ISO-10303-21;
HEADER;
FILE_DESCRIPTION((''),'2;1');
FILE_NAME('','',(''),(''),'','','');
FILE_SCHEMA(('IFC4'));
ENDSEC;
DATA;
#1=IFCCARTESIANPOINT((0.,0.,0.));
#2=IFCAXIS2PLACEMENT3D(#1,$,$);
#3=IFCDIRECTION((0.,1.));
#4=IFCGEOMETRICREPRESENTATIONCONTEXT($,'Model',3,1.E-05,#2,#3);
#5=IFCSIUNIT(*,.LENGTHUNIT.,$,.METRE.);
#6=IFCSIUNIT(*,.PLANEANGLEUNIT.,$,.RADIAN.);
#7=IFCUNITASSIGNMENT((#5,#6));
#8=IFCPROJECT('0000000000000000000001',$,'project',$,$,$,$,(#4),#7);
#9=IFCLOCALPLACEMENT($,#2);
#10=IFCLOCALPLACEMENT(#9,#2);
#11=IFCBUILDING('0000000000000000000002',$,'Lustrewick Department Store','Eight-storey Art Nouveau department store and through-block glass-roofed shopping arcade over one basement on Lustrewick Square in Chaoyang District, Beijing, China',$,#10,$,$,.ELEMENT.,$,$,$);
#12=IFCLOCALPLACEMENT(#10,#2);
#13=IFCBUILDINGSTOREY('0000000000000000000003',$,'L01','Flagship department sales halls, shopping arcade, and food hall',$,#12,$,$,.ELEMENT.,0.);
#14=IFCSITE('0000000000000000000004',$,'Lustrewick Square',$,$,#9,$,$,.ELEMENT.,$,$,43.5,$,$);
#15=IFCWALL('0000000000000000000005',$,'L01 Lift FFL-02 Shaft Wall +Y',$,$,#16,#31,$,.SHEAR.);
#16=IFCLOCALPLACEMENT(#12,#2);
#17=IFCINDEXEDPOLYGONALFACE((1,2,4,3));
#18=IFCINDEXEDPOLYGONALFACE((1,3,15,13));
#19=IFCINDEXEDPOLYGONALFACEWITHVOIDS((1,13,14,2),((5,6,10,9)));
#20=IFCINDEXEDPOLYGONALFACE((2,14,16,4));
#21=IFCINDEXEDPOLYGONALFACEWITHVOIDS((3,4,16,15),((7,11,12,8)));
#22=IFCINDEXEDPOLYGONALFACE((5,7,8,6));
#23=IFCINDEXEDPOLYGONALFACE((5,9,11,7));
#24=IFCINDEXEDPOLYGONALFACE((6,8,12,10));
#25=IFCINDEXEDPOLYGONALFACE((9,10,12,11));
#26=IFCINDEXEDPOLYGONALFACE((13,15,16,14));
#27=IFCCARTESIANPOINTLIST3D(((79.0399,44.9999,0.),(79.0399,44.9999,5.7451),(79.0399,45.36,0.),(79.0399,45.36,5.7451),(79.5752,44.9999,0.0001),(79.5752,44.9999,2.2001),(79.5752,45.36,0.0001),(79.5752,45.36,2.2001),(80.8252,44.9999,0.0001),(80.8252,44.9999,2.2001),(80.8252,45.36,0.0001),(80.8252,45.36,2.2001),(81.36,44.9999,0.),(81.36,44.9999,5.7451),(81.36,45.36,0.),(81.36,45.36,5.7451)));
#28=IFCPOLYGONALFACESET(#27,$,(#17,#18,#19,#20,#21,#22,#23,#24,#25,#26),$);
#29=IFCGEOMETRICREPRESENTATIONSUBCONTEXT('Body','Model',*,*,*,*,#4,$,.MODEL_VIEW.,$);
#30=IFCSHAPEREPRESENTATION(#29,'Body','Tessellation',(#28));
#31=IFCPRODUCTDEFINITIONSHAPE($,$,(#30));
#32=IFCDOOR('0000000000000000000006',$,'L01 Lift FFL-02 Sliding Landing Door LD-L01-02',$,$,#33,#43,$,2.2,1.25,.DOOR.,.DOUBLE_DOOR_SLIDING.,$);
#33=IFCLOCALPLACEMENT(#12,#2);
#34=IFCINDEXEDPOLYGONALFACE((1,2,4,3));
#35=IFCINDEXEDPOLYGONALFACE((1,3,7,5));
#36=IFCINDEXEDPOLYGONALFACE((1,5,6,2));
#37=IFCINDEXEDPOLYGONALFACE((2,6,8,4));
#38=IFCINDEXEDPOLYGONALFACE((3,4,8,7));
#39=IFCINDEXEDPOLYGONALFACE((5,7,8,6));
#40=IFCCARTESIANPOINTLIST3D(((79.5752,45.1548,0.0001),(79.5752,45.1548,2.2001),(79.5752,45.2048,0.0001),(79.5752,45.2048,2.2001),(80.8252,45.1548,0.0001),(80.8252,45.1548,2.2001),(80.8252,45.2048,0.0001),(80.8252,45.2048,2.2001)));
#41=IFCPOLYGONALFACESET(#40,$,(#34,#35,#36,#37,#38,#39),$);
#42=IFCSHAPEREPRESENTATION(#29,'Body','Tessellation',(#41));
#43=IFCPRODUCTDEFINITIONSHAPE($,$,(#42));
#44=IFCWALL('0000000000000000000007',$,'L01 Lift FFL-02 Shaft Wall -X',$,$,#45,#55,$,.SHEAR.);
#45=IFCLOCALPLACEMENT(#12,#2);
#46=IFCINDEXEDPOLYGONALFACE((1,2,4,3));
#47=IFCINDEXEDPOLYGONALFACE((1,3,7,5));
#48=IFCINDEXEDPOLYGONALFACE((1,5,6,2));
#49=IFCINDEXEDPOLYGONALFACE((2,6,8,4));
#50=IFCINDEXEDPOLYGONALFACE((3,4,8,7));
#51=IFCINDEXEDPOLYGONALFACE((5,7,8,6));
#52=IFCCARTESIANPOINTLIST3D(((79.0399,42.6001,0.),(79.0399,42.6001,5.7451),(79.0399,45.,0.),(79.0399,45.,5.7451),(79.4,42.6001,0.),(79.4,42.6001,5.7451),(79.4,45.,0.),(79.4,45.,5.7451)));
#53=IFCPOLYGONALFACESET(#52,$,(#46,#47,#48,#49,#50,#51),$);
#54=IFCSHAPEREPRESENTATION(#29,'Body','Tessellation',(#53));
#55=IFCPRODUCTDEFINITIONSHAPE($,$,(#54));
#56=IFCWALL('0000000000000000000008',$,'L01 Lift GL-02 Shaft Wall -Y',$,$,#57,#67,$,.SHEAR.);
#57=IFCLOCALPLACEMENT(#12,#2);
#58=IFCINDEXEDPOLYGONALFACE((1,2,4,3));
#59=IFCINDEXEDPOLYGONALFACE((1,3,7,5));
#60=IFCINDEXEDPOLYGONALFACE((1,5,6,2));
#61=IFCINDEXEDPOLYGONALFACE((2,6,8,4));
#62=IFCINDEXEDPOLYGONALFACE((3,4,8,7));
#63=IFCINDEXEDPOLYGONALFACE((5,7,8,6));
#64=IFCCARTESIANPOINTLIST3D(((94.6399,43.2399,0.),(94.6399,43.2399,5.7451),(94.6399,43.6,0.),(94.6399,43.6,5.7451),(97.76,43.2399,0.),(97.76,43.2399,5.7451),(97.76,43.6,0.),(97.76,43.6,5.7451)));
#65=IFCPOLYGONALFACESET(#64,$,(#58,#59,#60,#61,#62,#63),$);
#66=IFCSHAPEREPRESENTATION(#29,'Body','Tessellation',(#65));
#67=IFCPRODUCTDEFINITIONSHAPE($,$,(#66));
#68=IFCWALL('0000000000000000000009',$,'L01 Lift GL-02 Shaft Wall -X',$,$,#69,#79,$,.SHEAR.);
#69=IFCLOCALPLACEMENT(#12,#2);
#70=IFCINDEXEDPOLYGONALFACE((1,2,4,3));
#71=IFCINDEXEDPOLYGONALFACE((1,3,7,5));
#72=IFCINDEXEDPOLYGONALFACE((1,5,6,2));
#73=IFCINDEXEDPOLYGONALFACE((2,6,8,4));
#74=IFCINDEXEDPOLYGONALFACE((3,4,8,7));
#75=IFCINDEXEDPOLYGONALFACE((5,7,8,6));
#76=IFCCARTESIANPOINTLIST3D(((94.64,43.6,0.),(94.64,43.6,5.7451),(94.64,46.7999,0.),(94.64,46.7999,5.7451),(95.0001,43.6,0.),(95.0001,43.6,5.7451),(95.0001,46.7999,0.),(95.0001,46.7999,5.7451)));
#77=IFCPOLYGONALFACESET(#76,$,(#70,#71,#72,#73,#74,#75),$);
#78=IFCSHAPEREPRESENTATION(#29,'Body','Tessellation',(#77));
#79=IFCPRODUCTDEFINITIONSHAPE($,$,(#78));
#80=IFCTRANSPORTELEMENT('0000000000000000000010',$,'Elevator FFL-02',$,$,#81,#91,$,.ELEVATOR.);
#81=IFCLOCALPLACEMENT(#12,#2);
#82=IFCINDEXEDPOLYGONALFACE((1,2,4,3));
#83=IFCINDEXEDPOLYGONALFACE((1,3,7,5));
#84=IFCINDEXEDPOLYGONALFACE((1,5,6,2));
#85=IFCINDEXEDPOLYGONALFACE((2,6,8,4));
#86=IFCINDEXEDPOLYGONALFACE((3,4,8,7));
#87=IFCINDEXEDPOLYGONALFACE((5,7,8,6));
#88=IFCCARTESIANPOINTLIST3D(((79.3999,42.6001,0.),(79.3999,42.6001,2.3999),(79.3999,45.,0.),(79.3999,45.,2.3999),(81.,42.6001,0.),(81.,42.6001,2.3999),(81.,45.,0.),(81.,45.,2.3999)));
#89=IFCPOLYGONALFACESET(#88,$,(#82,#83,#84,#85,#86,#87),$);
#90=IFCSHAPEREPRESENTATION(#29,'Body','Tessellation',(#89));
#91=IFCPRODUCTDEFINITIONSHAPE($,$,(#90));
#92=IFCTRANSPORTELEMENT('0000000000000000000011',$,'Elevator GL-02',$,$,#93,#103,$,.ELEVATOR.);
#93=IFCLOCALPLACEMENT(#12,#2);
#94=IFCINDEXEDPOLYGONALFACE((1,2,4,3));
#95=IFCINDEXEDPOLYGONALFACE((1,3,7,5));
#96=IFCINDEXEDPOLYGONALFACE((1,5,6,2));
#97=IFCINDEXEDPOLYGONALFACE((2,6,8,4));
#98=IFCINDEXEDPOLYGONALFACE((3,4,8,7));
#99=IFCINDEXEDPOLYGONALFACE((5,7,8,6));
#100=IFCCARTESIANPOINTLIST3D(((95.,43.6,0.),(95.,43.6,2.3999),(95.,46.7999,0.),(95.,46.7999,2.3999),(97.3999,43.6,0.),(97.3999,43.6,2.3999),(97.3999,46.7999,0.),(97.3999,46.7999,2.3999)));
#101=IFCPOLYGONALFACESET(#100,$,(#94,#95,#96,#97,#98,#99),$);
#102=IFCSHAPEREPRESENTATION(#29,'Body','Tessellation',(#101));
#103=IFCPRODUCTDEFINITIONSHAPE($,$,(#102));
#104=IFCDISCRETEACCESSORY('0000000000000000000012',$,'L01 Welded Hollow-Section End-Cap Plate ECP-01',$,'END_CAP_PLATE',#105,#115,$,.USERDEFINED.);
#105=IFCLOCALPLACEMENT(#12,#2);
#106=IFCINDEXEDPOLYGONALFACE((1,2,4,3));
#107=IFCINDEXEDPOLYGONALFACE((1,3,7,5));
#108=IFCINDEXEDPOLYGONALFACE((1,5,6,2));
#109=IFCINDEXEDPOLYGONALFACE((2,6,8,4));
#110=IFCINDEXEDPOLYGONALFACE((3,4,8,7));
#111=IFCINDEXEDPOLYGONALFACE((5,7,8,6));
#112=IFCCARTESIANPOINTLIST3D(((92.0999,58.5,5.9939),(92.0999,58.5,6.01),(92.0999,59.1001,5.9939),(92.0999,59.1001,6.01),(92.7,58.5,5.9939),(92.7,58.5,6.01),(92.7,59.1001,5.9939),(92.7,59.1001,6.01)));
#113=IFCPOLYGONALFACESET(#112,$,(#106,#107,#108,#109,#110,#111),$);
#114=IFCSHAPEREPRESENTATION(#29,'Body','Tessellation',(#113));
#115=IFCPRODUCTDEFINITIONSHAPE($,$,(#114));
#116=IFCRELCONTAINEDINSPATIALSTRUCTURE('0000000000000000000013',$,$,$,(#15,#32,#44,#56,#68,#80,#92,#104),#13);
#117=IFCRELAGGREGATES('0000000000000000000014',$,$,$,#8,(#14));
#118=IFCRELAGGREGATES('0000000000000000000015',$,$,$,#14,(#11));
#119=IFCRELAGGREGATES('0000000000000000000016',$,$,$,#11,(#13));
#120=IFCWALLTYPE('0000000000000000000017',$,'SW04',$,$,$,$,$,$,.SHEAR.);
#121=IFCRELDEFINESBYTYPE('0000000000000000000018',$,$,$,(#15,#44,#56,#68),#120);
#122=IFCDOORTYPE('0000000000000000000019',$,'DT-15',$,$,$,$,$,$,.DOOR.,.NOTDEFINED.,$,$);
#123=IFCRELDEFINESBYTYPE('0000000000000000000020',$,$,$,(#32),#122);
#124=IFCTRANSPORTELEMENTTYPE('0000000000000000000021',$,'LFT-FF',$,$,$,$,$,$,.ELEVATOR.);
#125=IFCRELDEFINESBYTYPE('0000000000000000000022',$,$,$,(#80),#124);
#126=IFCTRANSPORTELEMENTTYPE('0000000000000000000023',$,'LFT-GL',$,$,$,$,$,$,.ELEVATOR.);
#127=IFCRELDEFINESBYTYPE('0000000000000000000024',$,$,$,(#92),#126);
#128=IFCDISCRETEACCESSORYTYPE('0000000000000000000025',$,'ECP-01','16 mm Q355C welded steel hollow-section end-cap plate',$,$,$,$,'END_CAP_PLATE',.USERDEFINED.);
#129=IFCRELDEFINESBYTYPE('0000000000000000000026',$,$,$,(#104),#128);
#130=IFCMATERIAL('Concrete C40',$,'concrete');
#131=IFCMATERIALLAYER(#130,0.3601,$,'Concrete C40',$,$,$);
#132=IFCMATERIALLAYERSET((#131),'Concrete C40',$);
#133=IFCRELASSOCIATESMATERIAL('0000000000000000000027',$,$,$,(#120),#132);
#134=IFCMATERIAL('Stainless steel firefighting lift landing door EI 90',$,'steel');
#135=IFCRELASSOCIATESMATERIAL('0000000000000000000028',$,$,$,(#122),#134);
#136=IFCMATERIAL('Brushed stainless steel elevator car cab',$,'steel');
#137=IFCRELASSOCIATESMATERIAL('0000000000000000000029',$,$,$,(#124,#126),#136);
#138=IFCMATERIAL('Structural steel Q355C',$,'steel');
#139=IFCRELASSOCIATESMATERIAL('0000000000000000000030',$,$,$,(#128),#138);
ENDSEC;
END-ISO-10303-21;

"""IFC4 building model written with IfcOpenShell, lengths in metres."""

from ifc_helpers import new_model, si_unit, direction, frame, frame_2d, origin, origin_2d, place, context, subcontext, project, spatial, rectangle, extrude, material, layer, layer_set, type_object, element, fill, save


model = new_model("IFC4")

# Units and contexts
model_context = context("Model", 3, precision=1e-05, world=origin(), true_north=direction((0.0, 1.0)))
body_context = subcontext(model_context, "Body", "Model", "MODEL_VIEW")
ifc_project = project(units=[si_unit("LENGTHUNIT", "METRE"), si_unit("PLANEANGLEUNIT", "RADIAN")], contexts=[model_context])

# Site, building, storey
site_placement = place(None, origin())
site = spatial("IfcSite", under=ifc_project, at=site_placement, Name="Lustrewick Square", CompositionType="ELEMENT", RefElevation=43.5)
building_placement = place(site_placement, origin())
building = spatial("IfcBuilding", under=site, at=building_placement, Name="Lustrewick Department Store", Description="Eight-storey Art Nouveau department store and through-block glass-roofed shopping arcade over one basement on Lustrewick Square in Chaoyang District, Beijing, China", CompositionType="ELEMENT")
storey_placement = place(building_placement, origin())
storey = spatial("IfcBuildingStorey", under=building, at=storey_placement, Name="L01", Description="Flagship department sales halls, shopping arcade, and food hall", CompositionType="ELEMENT", Elevation=0.0)

# Shared definitions
ifc_material_1 = material(Name="Structural steel Q355C", Category="steel")
ifc_material_2 = material(Name="Concrete C40", Category="concrete")

# Shared definitions
ifc_layer_1 = layer(ifc_material_2, 0.3601, Name="Concrete C40")
ifc_layer_set_1 = layer_set([ifc_layer_1], Name="Concrete C40")
wall_type_1 = type_object("IfcWallType", Name="SW04", PredefinedType="SHEAR", material=ifc_layer_set_1)

# Wall, opening, door
wall_1_placement = place(storey_placement, frame((81.3601, 45.1799, 0.0), z_axis=(0.0, 0.0, 1.0), x_axis=(-1.0, 0.0, 0.0)))
wall_1 = element("IfcWall", 1, at=wall_1_placement, inside=storey, type_object=wall_type_1, Name="L01 Lift FFL-02 Shaft Wall +Y", PredefinedType="SHEAR", context=body_context, shape_type="SweptSolid", body=[
    extrude(rectangle(XDim=2.3201, YDim=0.3601, at=frame_2d((1.1602, 0.0))), origin(), (0.0, 0.0, 1.0), 5.7451),
])
opening_1_placement = place(wall_1_placement, frame((0.5349, 0.0, 0.0)))
opening_1 = element("IfcOpeningElement", 2, at=opening_1_placement, cuts=wall_1, PredefinedType="OPENING", context=body_context, shape_type="SweptSolid", body=[
    extrude(rectangle(XDim=1.25, YDim=2.2, at=frame_2d((0.625, 1.1001))), frame((0.0, 0.1899, 0.0), z_axis=(0.0, -1.0, 0.0), x_axis=(1.0, 0.0, 0.0)), (0.0, 0.0, 1.0), 0.3801),
])
ifc_material_3 = material(Name="Stainless steel firefighting lift landing door EI 90", Category="steel")
door_type_1 = type_object("IfcDoorType", Name="DT-15", OperationType="NOTDEFINED", PredefinedType="DOOR", material=ifc_material_3)
door_1_placement = place(opening_1_placement, frame((1.25, 0.0, 0.0), z_axis=(0.0, 0.0, 1.0), x_axis=(-1.0, 0.0, 0.0)))
door_1 = element("IfcDoor", 3, at=door_1_placement, inside=storey, type_object=door_type_1, Name="L01 Lift FFL-02 Sliding Landing Door LD-L01-02", OperationType="DOUBLE_DOOR_SLIDING", OverallHeight=2.2, OverallWidth=1.25, PredefinedType="DOOR", context=body_context, shape_type="SweptSolid", body=[
    extrude(rectangle(XDim=1.25, YDim=2.2, at=frame_2d((0.625, 1.1001))), frame((0.0, 0.0249, 0.0), z_axis=(0.0, -1.0, 0.0), x_axis=(1.0, 0.0, 0.0)), (0.0, 0.0, 1.0), 0.05),
])
fill(opening_1, door_1)

# Walls
wall_2_placement = place(storey_placement, frame((79.22, 45.0, 0.0), z_axis=(0.0, 0.0, 1.0), x_axis=(0.0, -1.0, 0.0)))
element("IfcWall", 4, at=wall_2_placement, inside=storey, type_object=wall_type_1, Name="L01 Lift FFL-02 Shaft Wall -X", PredefinedType="SHEAR", context=body_context, shape_type="SweptSolid", body=[
    extrude(rectangle(XDim=2.3999, YDim=0.3601, at=frame_2d((1.2, 0.0))), origin(), (0.0, 0.0, 1.0), 5.7451),
])
wall_3_placement = place(storey_placement, frame((94.6399, 43.4199, 0.0), z_axis=(0.0, 0.0, 1.0), x_axis=(1.0, 0.0, 0.0)))
element("IfcWall", 5, at=wall_3_placement, inside=storey, type_object=wall_type_1, Name="L01 Lift GL-02 Shaft Wall -Y", PredefinedType="SHEAR", context=body_context, shape_type="SweptSolid", body=[
    extrude(rectangle(XDim=3.1201, YDim=0.3601, at=frame_2d((1.5601, 0.0))), origin(), (0.0, 0.0, 1.0), 5.7451),
])
wall_4_placement = place(storey_placement, frame((94.8201, 46.8, 0.0), z_axis=(0.0, 0.0, 1.0), x_axis=(0.0, -1.0, 0.0)))
element("IfcWall", 6, at=wall_4_placement, inside=storey, type_object=wall_type_1, Name="L01 Lift GL-02 Shaft Wall -X", PredefinedType="SHEAR", context=body_context, shape_type="SweptSolid", body=[
    extrude(rectangle(XDim=3.2, YDim=0.3601, at=frame_2d((1.6001, 0.0))), origin(), (0.0, 0.0, 1.0), 5.7451),
])

# Transport elements
ifc_material_4 = material(Name="Brushed stainless steel elevator car cab", Category="steel")
transport_element_type_1 = type_object("IfcTransportElementType", Name="LFT-FF", PredefinedType="ELEVATOR", material=ifc_material_4)
transport_element_1_placement = place(storey_placement, frame((80.2, 43.8, 0.0), z_axis=(0.0, 0.0, 1.0), x_axis=(1.0, 0.0, 0.0)))
element("IfcTransportElement", 7, at=transport_element_1_placement, inside=storey, type_object=transport_element_type_1, Name="Elevator FFL-02", PredefinedType="ELEVATOR", context=body_context, shape_type="SweptSolid", body=[
    extrude(rectangle(XDim=1.6001, YDim=2.3999, at=origin_2d()), origin(), (0.0, 0.0, 1.0), 2.3999),
])
transport_element_type_2 = type_object("IfcTransportElementType", Name="LFT-GL", PredefinedType="ELEVATOR", material=ifc_material_4)
transport_element_2_placement = place(storey_placement, frame((96.2, 45.2, 0.0), z_axis=(0.0, 0.0, 1.0), x_axis=(1.0, 0.0, 0.0)))
element("IfcTransportElement", 8, at=transport_element_2_placement, inside=storey, type_object=transport_element_type_2, Name="Elevator GL-02", PredefinedType="ELEVATOR", context=body_context, shape_type="SweptSolid", body=[
    extrude(rectangle(XDim=2.3999, YDim=3.2, at=origin_2d()), origin(), (0.0, 0.0, 1.0), 2.3999),
])

# Discrete accessory
discrete_accessory_type = type_object("IfcDiscreteAccessoryType", Name="ECP-01", Description="16 mm Q355C welded steel hollow-section end-cap plate", ElementType="END_CAP_PLATE", PredefinedType="USERDEFINED", material=ifc_material_1)
discrete_accessory_placement = place(storey_placement, frame((92.3999, 58.8, 5.9939), z_axis=(0.0, 0.0, 1.0), x_axis=(1.0, 0.0, 0.0)))
element("IfcDiscreteAccessory", 9, at=discrete_accessory_placement, inside=storey, type_object=discrete_accessory_type, Name="L01 Welded Hollow-Section End-Cap Plate ECP-01", ObjectType="END_CAP_PLATE", PredefinedType="USERDEFINED", context=body_context, shape_type="SweptSolid", body=[
    extrude(rectangle(XDim=0.6001, YDim=0.6001, at=origin_2d()), origin(), (0.0, 0.0, 1.0), 0.0161),
])

save(model, "model.ifc")
